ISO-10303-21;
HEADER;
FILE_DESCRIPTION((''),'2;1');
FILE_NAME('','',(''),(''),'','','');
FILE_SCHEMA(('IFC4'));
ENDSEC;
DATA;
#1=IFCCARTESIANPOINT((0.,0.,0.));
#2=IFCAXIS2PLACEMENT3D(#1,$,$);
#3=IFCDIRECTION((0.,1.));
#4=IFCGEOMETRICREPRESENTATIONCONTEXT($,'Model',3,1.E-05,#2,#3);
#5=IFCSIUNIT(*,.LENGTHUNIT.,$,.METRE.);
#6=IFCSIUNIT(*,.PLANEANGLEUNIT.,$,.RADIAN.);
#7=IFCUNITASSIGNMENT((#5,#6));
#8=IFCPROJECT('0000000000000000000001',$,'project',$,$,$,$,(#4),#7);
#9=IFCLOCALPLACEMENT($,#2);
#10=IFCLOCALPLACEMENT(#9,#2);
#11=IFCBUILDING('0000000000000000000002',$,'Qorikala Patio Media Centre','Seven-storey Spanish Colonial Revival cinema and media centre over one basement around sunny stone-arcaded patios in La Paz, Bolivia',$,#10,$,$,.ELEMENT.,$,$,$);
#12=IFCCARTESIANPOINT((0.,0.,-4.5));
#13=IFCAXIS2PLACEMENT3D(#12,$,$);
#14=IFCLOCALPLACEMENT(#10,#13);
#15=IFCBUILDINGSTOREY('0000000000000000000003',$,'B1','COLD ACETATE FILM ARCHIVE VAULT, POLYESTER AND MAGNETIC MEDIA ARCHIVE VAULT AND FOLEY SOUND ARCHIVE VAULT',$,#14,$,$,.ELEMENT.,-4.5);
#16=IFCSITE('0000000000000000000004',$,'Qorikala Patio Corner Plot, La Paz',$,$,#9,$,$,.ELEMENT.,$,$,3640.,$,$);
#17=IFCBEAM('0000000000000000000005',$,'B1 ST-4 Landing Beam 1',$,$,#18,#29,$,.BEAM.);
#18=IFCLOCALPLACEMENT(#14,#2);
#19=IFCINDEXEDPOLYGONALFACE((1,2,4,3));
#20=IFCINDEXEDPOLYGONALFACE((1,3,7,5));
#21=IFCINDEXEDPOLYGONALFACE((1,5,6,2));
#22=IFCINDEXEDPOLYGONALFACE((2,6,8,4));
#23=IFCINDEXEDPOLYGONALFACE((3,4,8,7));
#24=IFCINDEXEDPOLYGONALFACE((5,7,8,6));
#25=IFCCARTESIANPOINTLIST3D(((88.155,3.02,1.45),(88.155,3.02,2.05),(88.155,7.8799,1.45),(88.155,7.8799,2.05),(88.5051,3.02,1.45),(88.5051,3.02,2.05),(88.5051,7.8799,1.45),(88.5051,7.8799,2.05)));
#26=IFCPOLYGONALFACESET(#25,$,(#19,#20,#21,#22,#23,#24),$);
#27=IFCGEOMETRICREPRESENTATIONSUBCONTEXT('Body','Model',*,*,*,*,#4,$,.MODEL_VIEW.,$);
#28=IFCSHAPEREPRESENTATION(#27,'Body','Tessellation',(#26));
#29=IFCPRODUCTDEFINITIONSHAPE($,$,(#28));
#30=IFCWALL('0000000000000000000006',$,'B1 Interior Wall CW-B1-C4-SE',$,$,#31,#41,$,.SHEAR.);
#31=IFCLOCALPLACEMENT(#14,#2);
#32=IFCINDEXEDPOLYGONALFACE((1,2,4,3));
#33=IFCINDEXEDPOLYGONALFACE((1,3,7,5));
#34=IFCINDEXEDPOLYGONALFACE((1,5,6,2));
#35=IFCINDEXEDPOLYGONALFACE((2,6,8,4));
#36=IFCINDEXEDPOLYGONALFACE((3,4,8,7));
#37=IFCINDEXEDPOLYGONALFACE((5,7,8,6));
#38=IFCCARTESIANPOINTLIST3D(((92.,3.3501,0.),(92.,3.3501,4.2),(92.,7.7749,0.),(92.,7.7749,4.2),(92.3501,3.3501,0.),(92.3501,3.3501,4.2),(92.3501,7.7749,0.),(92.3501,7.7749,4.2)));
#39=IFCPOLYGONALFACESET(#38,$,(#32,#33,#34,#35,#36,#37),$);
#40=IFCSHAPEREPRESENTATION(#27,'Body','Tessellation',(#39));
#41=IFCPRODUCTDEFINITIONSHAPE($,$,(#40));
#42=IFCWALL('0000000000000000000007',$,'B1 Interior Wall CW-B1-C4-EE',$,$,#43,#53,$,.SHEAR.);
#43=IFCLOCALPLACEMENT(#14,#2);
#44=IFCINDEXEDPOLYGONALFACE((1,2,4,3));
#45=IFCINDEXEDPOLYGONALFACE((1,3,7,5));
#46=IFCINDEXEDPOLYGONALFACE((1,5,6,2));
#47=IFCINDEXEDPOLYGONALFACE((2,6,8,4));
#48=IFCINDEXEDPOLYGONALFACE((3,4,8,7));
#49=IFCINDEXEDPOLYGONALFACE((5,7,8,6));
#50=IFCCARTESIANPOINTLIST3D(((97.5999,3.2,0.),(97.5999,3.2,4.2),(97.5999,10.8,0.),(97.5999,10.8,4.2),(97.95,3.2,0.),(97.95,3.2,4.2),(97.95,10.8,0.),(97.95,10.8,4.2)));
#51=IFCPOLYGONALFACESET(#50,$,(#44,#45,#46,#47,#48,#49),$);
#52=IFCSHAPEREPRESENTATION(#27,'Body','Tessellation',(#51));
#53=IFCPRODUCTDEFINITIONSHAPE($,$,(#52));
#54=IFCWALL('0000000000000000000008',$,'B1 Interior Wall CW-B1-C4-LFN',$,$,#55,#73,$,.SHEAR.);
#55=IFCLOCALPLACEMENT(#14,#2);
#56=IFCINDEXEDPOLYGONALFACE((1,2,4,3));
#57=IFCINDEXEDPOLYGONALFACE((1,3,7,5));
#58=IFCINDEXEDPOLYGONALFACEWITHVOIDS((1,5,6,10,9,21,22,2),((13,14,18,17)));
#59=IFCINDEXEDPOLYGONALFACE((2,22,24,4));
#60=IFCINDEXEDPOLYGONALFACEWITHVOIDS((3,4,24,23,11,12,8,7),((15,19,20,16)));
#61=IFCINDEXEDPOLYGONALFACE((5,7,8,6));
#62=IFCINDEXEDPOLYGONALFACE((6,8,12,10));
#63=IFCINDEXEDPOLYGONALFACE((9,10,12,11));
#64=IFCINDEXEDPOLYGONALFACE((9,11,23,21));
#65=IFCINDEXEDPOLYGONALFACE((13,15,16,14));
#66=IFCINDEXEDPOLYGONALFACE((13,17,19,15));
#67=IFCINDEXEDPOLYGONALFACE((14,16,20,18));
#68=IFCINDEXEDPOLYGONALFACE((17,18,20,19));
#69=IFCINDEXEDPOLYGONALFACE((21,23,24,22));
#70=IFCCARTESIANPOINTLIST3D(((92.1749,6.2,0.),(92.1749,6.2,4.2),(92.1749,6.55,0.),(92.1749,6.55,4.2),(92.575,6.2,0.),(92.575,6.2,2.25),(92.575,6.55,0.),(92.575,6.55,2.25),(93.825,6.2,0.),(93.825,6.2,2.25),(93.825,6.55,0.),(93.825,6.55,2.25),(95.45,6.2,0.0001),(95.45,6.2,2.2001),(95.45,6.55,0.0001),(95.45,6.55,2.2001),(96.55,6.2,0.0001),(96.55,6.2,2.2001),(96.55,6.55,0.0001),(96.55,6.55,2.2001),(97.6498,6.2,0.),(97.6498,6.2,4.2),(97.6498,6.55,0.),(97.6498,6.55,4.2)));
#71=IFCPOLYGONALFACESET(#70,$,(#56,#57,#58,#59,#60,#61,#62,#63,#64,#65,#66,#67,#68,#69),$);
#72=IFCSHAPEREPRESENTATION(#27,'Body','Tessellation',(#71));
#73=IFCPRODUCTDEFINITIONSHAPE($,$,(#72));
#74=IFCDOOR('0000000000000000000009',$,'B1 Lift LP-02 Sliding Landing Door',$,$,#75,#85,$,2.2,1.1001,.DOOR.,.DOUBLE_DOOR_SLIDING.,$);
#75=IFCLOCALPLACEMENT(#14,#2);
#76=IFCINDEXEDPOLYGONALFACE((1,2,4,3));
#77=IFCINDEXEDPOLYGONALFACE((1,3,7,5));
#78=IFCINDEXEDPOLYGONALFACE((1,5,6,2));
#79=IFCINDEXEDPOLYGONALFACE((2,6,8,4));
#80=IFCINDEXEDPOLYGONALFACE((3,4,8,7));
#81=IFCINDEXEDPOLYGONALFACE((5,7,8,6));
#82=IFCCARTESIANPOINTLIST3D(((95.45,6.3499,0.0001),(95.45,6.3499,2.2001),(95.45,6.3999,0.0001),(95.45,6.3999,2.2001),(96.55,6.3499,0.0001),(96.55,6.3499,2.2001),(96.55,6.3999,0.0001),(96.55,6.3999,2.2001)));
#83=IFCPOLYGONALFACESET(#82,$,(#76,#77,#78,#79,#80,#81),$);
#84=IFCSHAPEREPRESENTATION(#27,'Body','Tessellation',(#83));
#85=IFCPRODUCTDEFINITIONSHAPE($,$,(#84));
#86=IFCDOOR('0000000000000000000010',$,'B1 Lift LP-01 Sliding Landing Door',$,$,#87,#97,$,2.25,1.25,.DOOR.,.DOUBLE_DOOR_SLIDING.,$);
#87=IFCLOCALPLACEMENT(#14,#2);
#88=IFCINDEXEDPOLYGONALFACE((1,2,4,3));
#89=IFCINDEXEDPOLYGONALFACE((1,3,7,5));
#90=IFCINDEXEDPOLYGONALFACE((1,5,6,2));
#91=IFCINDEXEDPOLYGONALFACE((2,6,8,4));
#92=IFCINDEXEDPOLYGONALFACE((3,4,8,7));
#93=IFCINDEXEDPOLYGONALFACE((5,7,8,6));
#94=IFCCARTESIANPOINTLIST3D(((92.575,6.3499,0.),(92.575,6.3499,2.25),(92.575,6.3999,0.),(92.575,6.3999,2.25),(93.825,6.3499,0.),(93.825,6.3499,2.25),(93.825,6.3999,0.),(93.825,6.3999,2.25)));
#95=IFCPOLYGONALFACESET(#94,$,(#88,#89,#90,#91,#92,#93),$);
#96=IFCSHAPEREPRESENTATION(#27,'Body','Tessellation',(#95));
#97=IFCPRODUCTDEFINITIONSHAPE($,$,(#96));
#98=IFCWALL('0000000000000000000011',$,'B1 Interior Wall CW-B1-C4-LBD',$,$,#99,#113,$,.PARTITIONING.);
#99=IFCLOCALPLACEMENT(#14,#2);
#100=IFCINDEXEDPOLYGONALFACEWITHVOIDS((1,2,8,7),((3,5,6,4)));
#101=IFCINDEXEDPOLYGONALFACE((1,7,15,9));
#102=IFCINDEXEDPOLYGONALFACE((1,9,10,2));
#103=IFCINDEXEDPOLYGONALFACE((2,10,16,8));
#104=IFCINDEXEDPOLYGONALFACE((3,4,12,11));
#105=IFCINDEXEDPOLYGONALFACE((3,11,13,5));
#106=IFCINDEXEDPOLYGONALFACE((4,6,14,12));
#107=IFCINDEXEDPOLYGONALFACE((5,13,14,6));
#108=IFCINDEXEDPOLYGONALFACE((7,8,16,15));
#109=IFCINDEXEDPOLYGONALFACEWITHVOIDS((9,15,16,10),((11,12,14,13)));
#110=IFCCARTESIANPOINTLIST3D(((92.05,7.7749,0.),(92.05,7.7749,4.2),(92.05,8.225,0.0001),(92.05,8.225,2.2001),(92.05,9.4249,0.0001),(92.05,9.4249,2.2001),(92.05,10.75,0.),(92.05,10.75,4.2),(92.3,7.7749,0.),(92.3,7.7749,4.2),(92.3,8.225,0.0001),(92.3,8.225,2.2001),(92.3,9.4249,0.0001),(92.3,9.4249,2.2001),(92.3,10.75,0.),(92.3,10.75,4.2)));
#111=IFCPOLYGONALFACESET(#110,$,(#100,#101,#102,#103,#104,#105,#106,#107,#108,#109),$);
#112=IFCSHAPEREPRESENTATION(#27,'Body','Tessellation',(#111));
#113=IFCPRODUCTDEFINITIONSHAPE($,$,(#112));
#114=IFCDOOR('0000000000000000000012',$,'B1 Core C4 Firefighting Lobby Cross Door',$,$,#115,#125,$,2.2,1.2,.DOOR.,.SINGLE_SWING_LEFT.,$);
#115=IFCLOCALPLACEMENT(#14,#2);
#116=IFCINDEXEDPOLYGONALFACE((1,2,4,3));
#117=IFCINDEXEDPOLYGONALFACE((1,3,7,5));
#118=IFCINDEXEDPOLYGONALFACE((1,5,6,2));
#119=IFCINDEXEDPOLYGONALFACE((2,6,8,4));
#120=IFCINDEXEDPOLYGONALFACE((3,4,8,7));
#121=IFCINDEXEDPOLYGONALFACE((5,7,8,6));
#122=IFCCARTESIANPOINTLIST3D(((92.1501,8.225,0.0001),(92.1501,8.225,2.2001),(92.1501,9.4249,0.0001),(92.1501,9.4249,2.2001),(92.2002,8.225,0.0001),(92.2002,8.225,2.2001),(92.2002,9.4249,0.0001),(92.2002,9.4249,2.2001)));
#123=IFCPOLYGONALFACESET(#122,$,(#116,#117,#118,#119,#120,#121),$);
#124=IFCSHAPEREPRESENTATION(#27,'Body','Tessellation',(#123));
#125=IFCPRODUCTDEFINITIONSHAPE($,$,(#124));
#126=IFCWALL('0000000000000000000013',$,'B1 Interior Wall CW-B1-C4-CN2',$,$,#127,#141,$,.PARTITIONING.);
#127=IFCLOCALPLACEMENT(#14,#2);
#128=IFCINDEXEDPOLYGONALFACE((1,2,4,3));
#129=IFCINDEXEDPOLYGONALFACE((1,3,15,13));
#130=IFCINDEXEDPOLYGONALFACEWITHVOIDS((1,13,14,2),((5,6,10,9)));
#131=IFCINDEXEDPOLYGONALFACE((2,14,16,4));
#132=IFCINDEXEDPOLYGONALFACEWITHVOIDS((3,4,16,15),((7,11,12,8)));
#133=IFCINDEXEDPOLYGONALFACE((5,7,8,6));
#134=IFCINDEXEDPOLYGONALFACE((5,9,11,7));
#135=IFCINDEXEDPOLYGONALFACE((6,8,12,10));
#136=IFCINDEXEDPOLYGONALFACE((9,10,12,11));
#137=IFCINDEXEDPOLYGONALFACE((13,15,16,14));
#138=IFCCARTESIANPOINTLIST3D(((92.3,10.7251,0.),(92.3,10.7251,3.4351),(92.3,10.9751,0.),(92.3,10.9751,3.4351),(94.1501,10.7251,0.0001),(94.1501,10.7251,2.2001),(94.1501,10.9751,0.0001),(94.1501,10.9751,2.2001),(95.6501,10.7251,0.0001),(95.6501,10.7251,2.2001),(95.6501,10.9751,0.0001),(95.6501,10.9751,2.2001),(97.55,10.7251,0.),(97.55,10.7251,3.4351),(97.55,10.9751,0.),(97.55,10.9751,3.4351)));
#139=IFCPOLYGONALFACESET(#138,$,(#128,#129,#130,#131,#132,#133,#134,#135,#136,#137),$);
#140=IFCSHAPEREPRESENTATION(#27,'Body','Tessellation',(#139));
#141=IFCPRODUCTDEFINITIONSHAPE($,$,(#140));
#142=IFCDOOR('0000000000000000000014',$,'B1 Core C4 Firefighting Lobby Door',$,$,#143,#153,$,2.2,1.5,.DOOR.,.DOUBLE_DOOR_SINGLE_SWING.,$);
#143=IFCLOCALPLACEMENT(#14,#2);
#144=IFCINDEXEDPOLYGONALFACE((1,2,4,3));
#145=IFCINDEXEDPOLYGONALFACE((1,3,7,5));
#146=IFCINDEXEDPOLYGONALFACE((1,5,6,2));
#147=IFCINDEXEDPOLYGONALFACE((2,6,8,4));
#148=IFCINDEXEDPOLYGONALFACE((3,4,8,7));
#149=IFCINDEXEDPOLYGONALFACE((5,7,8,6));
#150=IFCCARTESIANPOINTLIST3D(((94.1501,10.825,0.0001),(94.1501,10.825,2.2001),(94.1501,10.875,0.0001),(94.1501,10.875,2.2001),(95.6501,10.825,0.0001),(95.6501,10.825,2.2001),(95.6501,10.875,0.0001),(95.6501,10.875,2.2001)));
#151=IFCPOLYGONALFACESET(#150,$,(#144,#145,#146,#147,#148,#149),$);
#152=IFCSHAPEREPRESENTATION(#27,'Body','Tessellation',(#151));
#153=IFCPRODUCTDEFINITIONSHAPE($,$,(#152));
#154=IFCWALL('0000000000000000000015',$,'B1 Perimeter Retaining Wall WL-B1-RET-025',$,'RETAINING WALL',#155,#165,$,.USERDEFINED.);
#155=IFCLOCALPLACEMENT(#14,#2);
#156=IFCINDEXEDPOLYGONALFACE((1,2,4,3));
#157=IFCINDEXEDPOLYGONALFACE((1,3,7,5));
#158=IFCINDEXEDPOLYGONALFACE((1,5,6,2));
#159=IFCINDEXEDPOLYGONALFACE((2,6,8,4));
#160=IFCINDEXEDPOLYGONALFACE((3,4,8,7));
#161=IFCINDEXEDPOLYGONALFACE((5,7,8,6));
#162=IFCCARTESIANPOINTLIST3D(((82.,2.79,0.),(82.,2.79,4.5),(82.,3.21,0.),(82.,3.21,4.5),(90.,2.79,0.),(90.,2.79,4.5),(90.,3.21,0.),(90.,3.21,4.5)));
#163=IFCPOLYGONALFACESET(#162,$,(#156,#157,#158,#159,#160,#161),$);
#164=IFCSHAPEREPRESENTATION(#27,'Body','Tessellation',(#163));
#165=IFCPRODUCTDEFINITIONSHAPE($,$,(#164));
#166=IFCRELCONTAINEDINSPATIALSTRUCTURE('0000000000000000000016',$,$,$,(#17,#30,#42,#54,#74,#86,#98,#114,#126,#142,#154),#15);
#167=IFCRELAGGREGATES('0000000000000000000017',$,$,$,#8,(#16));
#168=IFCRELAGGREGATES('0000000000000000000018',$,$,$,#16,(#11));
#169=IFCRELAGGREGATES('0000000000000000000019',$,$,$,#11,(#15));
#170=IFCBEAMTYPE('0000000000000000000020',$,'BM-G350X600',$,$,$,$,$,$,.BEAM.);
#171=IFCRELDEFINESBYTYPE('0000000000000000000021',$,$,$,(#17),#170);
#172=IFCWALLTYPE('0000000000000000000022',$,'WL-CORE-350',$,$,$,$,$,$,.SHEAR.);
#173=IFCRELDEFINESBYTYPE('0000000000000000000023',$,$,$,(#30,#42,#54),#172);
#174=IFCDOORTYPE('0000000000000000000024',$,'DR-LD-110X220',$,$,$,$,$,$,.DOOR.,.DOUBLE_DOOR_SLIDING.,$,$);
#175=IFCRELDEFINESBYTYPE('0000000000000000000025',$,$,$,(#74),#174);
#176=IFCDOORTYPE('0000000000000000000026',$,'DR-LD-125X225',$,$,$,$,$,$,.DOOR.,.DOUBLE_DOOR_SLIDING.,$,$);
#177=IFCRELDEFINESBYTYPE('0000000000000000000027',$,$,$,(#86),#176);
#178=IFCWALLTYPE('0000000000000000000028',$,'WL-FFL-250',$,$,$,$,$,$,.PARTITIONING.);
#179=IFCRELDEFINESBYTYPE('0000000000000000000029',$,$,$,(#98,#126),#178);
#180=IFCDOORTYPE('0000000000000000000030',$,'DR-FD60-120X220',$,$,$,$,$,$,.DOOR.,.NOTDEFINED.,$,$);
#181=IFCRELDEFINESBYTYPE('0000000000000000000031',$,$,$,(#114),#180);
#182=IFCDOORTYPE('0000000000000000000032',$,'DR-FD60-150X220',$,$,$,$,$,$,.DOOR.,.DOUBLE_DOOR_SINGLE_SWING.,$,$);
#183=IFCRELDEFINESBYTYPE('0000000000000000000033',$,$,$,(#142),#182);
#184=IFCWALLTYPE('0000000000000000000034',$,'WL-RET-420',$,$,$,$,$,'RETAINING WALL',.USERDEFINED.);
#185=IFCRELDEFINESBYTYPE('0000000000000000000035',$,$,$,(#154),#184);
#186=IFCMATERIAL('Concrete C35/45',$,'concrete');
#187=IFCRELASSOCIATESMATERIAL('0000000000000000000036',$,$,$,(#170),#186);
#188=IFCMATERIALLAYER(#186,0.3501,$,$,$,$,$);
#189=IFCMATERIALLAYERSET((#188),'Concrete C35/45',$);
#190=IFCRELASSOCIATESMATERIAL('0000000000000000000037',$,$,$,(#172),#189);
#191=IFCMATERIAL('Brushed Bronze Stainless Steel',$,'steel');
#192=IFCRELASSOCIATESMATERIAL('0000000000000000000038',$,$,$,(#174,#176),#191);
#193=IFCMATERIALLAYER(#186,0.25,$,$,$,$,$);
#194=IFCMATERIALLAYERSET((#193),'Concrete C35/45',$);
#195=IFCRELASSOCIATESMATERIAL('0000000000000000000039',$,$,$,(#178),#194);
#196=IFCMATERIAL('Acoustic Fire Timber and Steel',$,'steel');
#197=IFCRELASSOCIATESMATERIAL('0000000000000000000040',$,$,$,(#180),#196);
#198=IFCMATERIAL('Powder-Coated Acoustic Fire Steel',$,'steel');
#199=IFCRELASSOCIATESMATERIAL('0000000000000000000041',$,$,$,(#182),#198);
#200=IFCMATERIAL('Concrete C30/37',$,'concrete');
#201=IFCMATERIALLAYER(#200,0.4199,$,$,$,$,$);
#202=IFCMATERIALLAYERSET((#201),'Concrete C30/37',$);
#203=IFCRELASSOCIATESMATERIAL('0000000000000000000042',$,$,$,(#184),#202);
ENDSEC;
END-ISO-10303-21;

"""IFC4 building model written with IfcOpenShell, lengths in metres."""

from ifc_helpers import new_model, si_unit, direction, frame, frame_2d, origin, origin_2d, place, context, subcontext, project, spatial, rectangle, extrude, material, layer, layer_set, material_profile, profile_set, type_object, element, fill, save


model = new_model("IFC4")

# Units and contexts
model_context = context("Model", 3, precision=1e-05, world=origin(), true_north=direction((0.0, 1.0)))
body_context = subcontext(model_context, "Body", "Model", "MODEL_VIEW")
ifc_project = project(units=[si_unit("LENGTHUNIT", "METRE"), si_unit("PLANEANGLEUNIT", "RADIAN")], contexts=[model_context])

# Site, building, storey
site_placement = place(None, origin())
site = spatial("IfcSite", under=ifc_project, at=site_placement, Name="Qorikala Patio Corner Plot, La Paz", CompositionType="ELEMENT", RefElevation=3640.0)
building_placement = place(site_placement, origin())
building = spatial("IfcBuilding", under=site, at=building_placement, Name="Qorikala Patio Media Centre", Description="Seven-storey Spanish Colonial Revival cinema and media centre over one basement around sunny stone-arcaded patios in La Paz, Bolivia", CompositionType="ELEMENT")
storey_placement = place(building_placement, frame((0.0, 0.0, -4.5)))
storey = spatial("IfcBuildingStorey", under=building, at=storey_placement, Name="B1", Description="COLD ACETATE FILM ARCHIVE VAULT, POLYESTER AND MAGNETIC MEDIA ARCHIVE VAULT AND FOLEY SOUND ARCHIVE VAULT", CompositionType="ELEMENT", Elevation=-4.5)

# Shared definitions
ifc_material_1 = material(Name="Concrete C30/37", Category="concrete")

# Shared definitions
ifc_material_2 = material(Name="Concrete C35/45", Category="concrete")

# Beam
ifc_material_profile_1 = material_profile(ifc_material_2, rectangle(XDim=0.3501, YDim=0.6001, at=origin_2d()), Name="RC 350x600")
ifc_profile_set_1 = profile_set([ifc_material_profile_1], Name="Concrete C35/45")
beam_type = type_object("IfcBeamType", Name="BM-G350X600", PredefinedType="BEAM", material=ifc_profile_set_1)
beam_placement = place(storey_placement, frame((88.3301, 3.02, 1.75), z_axis=(0.0, 1.0, 0.0), x_axis=(-1.0, 0.0, 0.0)))
element("IfcBeam", 1, at=beam_placement, inside=storey, type_object=beam_type, Name="B1 ST-4 Landing Beam 1", PredefinedType="BEAM", context=body_context, shape_type="SweptSolid", body=[
    extrude(rectangle(XDim=0.3501, YDim=0.6001, at=origin_2d()), origin(), (0.0, 0.0, 1.0), 4.8599),
])

# Walls
ifc_layer_1 = layer(ifc_material_2, 0.3501)
ifc_layer_set_1 = layer_set([ifc_layer_1], Name="Concrete C35/45")
wall_type_1 = type_object("IfcWallType", Name="WL-CORE-350", PredefinedType="SHEAR", material=ifc_layer_set_1)
wall_1_placement = place(storey_placement, frame((92.175, 3.3501, 0.0), z_axis=(0.0, 0.0, 1.0), x_axis=(0.0, 1.0, 0.0)))
element("IfcWall", 2, at=wall_1_placement, inside=storey, type_object=wall_type_1, Name="B1 Interior Wall CW-B1-C4-SE", PredefinedType="SHEAR", context=body_context, shape_type="SweptSolid", body=[
    extrude(rectangle(XDim=4.4248, YDim=0.3501, at=frame_2d((2.2124, 0.0))), origin(), (0.0, 0.0, 1.0), 4.2),
])
wall_2_placement = place(storey_placement, frame((97.7749, 3.2, 0.0), z_axis=(0.0, 0.0, 1.0), x_axis=(0.0, 1.0, 0.0)))
element("IfcWall", 3, at=wall_2_placement, inside=storey, type_object=wall_type_1, Name="B1 Interior Wall CW-B1-C4-EE", PredefinedType="SHEAR", context=body_context, shape_type="SweptSolid", body=[
    extrude(rectangle(XDim=7.6001, YDim=0.3501, at=frame_2d((3.8, 0.0))), origin(), (0.0, 0.0, 1.0), 4.2),
])

# Wall, openings, doors
wall_3_placement = place(storey_placement, frame((92.175, 6.375, 0.0), z_axis=(0.0, 0.0, 1.0), x_axis=(1.0, 0.0, 0.0)))
wall_3 = element("IfcWall", 4, at=wall_3_placement, inside=storey, type_object=wall_type_1, Name="B1 Interior Wall CW-B1-C4-LFN", PredefinedType="SHEAR", context=body_context, shape_type="SweptSolid", body=[
    extrude(rectangle(XDim=5.4749, YDim=0.3501, at=frame_2d((2.7373, 0.0))), origin(), (0.0, 0.0, 1.0), 4.2),
])
opening_1_placement = place(wall_3_placement, frame((0.3999, 0.0, 0.0)))
opening_1 = element("IfcOpeningElement", 5, at=opening_1_placement, cuts=wall_3, PredefinedType="OPENING", context=body_context, shape_type="SweptSolid", body=[
    extrude(rectangle(XDim=1.25, YDim=2.25, at=frame_2d((0.625, 1.125))), frame((0.0, 0.1851, 0.0), z_axis=(0.0, -1.0, 0.0), x_axis=(1.0, 0.0, 0.0)), (0.0, 0.0, 1.0), 0.3701),
])
opening_2_placement = place(wall_3_placement, frame((3.2749, 0.0, 0.0)))
opening_2 = element("IfcOpeningElement", 6, at=opening_2_placement, cuts=wall_3, PredefinedType="OPENING", context=body_context, shape_type="SweptSolid", body=[
    extrude(rectangle(XDim=1.1001, YDim=2.2, at=frame_2d((0.55, 1.1001))), frame((0.0, 0.1851, 0.0), z_axis=(0.0, -1.0, 0.0), x_axis=(1.0, 0.0, 0.0)), (0.0, 0.0, 1.0), 0.3701),
])
ifc_material_3 = material(Name="Brushed Bronze Stainless Steel", Category="steel")
door_type_1 = type_object("IfcDoorType", Name="DR-LD-110X220", OperationType="DOUBLE_DOOR_SLIDING", PredefinedType="DOOR", material=ifc_material_3)
door_1_placement = place(opening_2_placement, origin())
door_1 = element("IfcDoor", 7, at=door_1_placement, inside=storey, type_object=door_type_1, Name="B1 Lift LP-02 Sliding Landing Door", OperationType="DOUBLE_DOOR_SLIDING", OverallHeight=2.2, OverallWidth=1.1001, PredefinedType="DOOR", context=body_context, shape_type="SweptSolid", body=[
    extrude(rectangle(XDim=1.1001, YDim=2.2, at=frame_2d((0.55, 1.1001))), frame((0.0, 0.0249, 0.0), z_axis=(0.0, -1.0, 0.0), x_axis=(1.0, 0.0, 0.0)), (0.0, 0.0, 1.0), 0.05),
])
fill(opening_2, door_1)
door_type_2 = type_object("IfcDoorType", Name="DR-LD-125X225", OperationType="DOUBLE_DOOR_SLIDING", PredefinedType="DOOR", material=ifc_material_3)
door_2_placement = place(opening_1_placement, origin())
door_2 = element("IfcDoor", 8, at=door_2_placement, inside=storey, type_object=door_type_2, Name="B1 Lift LP-01 Sliding Landing Door", OperationType="DOUBLE_DOOR_SLIDING", OverallHeight=2.25, OverallWidth=1.25, PredefinedType="DOOR", context=body_context, shape_type="SweptSolid", body=[
    extrude(rectangle(XDim=1.25, YDim=2.25, at=frame_2d((0.625, 1.125))), frame((0.0, 0.0249, 0.0), z_axis=(0.0, -1.0, 0.0), x_axis=(1.0, 0.0, 0.0)), (0.0, 0.0, 1.0), 0.05),
])
fill(opening_1, door_2)

# Walls, openings, doors
ifc_layer_2 = layer(ifc_material_2, 0.25)
ifc_layer_set_2 = layer_set([ifc_layer_2], Name="Concrete C35/45")
wall_type_2 = type_object("IfcWallType", Name="WL-FFL-250", PredefinedType="PARTITIONING", material=ifc_layer_set_2)
wall_4_placement = place(storey_placement, frame((92.175, 7.7749, 0.0), z_axis=(0.0, 0.0, 1.0), x_axis=(0.0, 1.0, 0.0)))
wall_4 = element("IfcWall", 9, at=wall_4_placement, inside=storey, type_object=wall_type_2, Name="B1 Interior Wall CW-B1-C4-LBD", PredefinedType="PARTITIONING", context=body_context, shape_type="SweptSolid", body=[
    extrude(rectangle(XDim=2.9751, YDim=0.25, at=frame_2d((1.4875, 0.0))), origin(), (0.0, 0.0, 1.0), 4.2),
])
opening_3_placement = place(wall_4_placement, frame((0.45, 0.0, 0.0)))
opening_3 = element("IfcOpeningElement", 10, at=opening_3_placement, cuts=wall_4, PredefinedType="OPENING", context=body_context, shape_type="SweptSolid", body=[
    extrude(rectangle(XDim=1.2, YDim=2.2, at=frame_2d((0.6001, 1.1001))), frame((0.0, 0.135, 0.0), z_axis=(0.0, -1.0, 0.0), x_axis=(1.0, 0.0, 0.0)), (0.0, 0.0, 1.0), 0.27),
])
ifc_material_4 = material(Name="Acoustic Fire Timber and Steel", Category="steel")
door_type_3 = type_object("IfcDoorType", Name="DR-FD60-120X220", OperationType="NOTDEFINED", PredefinedType="DOOR", material=ifc_material_4)
door_3_placement = place(opening_3_placement, origin())
door_3 = element("IfcDoor", 11, at=door_3_placement, inside=storey, type_object=door_type_3, Name="B1 Core C4 Firefighting Lobby Cross Door", OperationType="SINGLE_SWING_LEFT", OverallHeight=2.2, OverallWidth=1.2, PredefinedType="DOOR", context=body_context, shape_type="SweptSolid", body=[
    extrude(rectangle(XDim=1.2, YDim=2.2, at=frame_2d((0.6001, 1.1001))), frame((0.0, 0.0249, 0.0), z_axis=(0.0, -1.0, 0.0), x_axis=(1.0, 0.0, 0.0)), (0.0, 0.0, 1.0), 0.05),
])
fill(opening_3, door_3)
wall_5_placement = place(storey_placement, frame((92.3, 10.8501, 0.0), z_axis=(0.0, 0.0, 1.0), x_axis=(1.0, 0.0, 0.0)))
wall_5 = element("IfcWall", 12, at=wall_5_placement, inside=storey, type_object=wall_type_2, Name="B1 Interior Wall CW-B1-C4-CN2", PredefinedType="PARTITIONING", context=body_context, shape_type="SweptSolid", body=[
    extrude(rectangle(XDim=5.25, YDim=0.25, at=frame_2d((2.625, 0.0))), origin(), (0.0, 0.0, 1.0), 3.4351),
])
opening_4_placement = place(wall_5_placement, frame((1.8501, 0.0, 0.0)))
opening_4 = element("IfcOpeningElement", 13, at=opening_4_placement, cuts=wall_5, PredefinedType="OPENING", context=body_context, shape_type="SweptSolid", body=[
    extrude(rectangle(XDim=1.5, YDim=2.2, at=frame_2d((0.75, 1.1001))), frame((0.0, 0.135, 0.0), z_axis=(0.0, -1.0, 0.0), x_axis=(1.0, 0.0, 0.0)), (0.0, 0.0, 1.0), 0.27),
])
ifc_material_5 = material(Name="Powder-Coated Acoustic Fire Steel", Category="steel")
door_type_4 = type_object("IfcDoorType", Name="DR-FD60-150X220", OperationType="DOUBLE_DOOR_SINGLE_SWING", PredefinedType="DOOR", material=ifc_material_5)
door_4_placement = place(opening_4_placement, origin())
door_4 = element("IfcDoor", 14, at=door_4_placement, inside=storey, type_object=door_type_4, Name="B1 Core C4 Firefighting Lobby Door", OperationType="DOUBLE_DOOR_SINGLE_SWING", OverallHeight=2.2, OverallWidth=1.5, PredefinedType="DOOR", context=body_context, shape_type="SweptSolid", body=[
    extrude(rectangle(XDim=1.5, YDim=2.2, at=frame_2d((0.75, 1.1001))), frame((0.0, 0.0249, 0.0), z_axis=(0.0, -1.0, 0.0), x_axis=(1.0, 0.0, 0.0)), (0.0, 0.0, 1.0), 0.05),
])
fill(opening_4, door_4)

# Wall
ifc_layer_3 = layer(ifc_material_1, 0.4199)
ifc_layer_set_3 = layer_set([ifc_layer_3], Name="Concrete C30/37")
wall_type_3 = type_object("IfcWallType", Name="WL-RET-420", ElementType="RETAINING WALL", PredefinedType="USERDEFINED", material=ifc_layer_set_3)
wall_6_placement = place(storey_placement, frame((90.0, 3.0, 0.0), z_axis=(0.0, 0.0, 1.0), x_axis=(-1.0, 0.0, 0.0)))
element("IfcWall", 15, at=wall_6_placement, inside=storey, type_object=wall_type_3, Name="B1 Perimeter Retaining Wall WL-B1-RET-025", ObjectType="RETAINING WALL", PredefinedType="USERDEFINED", context=body_context, shape_type="SweptSolid", body=[
    extrude(rectangle(XDim=8.0, YDim=0.4199, at=frame_2d((4.0, 0.0))), origin(), (0.0, 0.0, 1.0), 4.5),
])

save(model, "model.ifc")
